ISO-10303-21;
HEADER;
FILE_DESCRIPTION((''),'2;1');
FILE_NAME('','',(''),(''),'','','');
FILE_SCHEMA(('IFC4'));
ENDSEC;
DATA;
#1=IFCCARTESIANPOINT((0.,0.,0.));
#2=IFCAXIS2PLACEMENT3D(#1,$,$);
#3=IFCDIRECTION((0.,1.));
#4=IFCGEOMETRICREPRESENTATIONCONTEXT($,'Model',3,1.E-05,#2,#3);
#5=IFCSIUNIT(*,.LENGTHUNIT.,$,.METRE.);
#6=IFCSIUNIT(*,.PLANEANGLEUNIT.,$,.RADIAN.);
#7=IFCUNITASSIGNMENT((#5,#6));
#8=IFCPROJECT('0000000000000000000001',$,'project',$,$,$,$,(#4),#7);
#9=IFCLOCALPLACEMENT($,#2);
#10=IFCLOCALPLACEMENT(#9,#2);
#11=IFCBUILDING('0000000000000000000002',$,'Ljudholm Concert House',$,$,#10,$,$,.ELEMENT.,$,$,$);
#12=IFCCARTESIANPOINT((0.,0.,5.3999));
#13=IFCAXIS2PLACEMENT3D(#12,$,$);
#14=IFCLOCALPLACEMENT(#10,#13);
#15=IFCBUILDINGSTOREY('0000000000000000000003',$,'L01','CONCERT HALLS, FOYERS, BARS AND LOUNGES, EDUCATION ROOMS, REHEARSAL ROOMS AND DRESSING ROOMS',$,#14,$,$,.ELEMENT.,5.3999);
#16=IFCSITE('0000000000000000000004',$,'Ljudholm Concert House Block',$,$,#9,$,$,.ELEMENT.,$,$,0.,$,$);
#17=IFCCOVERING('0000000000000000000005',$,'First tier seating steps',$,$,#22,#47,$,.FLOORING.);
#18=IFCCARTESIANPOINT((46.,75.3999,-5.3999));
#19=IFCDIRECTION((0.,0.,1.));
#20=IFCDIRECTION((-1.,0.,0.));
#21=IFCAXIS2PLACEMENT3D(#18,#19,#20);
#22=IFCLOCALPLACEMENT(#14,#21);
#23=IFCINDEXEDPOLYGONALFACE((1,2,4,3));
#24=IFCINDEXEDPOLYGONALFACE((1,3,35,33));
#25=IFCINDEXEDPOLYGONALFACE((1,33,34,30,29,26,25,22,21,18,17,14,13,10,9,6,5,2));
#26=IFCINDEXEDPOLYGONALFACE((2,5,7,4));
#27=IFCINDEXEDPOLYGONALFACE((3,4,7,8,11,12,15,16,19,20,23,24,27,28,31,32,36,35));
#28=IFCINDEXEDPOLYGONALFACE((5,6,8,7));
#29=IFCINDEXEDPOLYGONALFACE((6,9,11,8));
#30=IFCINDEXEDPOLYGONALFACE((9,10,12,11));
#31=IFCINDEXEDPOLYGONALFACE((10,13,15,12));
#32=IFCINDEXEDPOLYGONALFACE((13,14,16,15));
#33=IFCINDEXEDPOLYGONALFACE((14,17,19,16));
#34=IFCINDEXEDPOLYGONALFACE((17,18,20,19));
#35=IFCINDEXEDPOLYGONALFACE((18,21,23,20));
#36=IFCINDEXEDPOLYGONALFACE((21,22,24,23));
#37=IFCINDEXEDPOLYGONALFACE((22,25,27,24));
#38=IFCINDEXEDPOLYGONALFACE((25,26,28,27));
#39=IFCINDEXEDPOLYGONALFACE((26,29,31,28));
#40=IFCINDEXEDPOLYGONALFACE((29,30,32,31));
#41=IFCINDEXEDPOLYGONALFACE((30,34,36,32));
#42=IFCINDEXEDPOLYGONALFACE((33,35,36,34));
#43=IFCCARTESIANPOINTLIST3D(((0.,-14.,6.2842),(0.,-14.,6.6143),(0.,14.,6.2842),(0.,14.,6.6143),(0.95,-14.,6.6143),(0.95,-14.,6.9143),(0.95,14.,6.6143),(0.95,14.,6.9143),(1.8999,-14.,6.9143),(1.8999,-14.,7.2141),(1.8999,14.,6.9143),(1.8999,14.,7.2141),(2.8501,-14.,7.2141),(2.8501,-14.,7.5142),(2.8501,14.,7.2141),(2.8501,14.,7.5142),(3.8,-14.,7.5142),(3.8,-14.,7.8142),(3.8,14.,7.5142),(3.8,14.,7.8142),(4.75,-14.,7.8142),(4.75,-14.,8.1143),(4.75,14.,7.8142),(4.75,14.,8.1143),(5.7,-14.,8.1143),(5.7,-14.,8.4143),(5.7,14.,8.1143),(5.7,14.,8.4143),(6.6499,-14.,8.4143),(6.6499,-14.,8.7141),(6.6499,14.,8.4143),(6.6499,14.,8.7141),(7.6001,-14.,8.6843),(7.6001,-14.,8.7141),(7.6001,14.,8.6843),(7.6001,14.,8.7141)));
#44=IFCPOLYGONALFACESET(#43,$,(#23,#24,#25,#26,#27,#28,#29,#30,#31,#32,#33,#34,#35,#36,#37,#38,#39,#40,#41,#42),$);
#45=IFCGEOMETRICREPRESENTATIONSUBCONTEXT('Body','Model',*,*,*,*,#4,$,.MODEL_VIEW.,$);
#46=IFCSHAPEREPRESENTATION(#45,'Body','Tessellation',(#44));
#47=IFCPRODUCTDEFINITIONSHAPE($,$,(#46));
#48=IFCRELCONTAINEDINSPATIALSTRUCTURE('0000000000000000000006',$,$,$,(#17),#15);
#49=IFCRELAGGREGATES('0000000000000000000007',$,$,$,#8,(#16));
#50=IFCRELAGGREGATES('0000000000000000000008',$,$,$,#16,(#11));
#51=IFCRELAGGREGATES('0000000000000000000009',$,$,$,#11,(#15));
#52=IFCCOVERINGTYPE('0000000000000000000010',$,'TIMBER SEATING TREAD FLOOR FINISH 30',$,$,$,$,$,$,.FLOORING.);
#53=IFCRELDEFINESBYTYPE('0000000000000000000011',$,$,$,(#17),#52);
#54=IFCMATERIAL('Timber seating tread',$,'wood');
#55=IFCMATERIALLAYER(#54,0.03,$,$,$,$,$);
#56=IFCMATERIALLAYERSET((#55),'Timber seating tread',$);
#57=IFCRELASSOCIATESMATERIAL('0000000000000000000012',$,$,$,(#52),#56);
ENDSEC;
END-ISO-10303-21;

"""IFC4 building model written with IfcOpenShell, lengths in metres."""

from ifc_helpers import new_model, si_unit, direction, frame, origin, place, context, subcontext, project, spatial, polyline, outline, extrude, material, layer, layer_set, type_object, element, save


model = new_model("IFC4")

# Units and contexts
model_context = context("Model", 3, precision=1e-05, world=origin(), true_north=direction((0.0, 1.0)))
body_context = subcontext(model_context, "Body", "Model", "MODEL_VIEW")
ifc_project = project(units=[si_unit("LENGTHUNIT", "METRE"), si_unit("PLANEANGLEUNIT", "RADIAN")], contexts=[model_context])

# Site, building, storey
site_placement = place(None, origin())
site = spatial("IfcSite", under=ifc_project, at=site_placement, Name="Ljudholm Concert House Block", CompositionType="ELEMENT", RefElevation=0.0)
building_placement = place(site_placement, origin())
building = spatial("IfcBuilding", under=site, at=building_placement, Name="Ljudholm Concert House", CompositionType="ELEMENT")
storey_placement = place(building_placement, frame((0.0, 0.0, 5.3999)))
storey = spatial("IfcBuildingStorey", under=building, at=storey_placement, Name="L01", Description="CONCERT HALLS, FOYERS, BARS AND LOUNGES, EDUCATION ROOMS, REHEARSAL ROOMS AND DRESSING ROOMS", CompositionType="ELEMENT", Elevation=5.3999)

# Covering
ifc_material_1 = material(Name="Timber seating tread", Category="wood")
ifc_layer_1 = layer(ifc_material_1, 0.03)
ifc_layer_set_1 = layer_set([ifc_layer_1], Name="Timber seating tread")
covering_type = type_object("IfcCoveringType", Name="TIMBER SEATING TREAD FLOOR FINISH 30", PredefinedType="FLOORING", material=ifc_layer_set_1)
covering_placement = place(storey_placement, frame((46.0, 75.3999, -5.3999), z_axis=(0.0, 0.0, 1.0), x_axis=(-1.0, 0.0, 0.0)))
element("IfcCovering", 1, at=covering_placement, inside=storey, type_object=covering_type, Name="First tier seating steps", PredefinedType="FLOORING", context=body_context, shape_type="SweptSolid", body=[
    extrude(outline(polyline([(0.0, 6.2842), (7.6001, 8.6843), (7.6001, 8.7141), (6.6499, 8.7141), (6.6499, 8.4143), (5.7, 8.4143), (5.7, 8.1143), (4.75, 8.1143), (4.75, 7.8142), (3.8, 7.8142), (3.8, 7.5142), (2.8501, 7.5142), (2.8501, 7.2141), (1.8999, 7.2141), (1.8999, 6.9143), (0.95, 6.9143), (0.95, 6.6143), (0.0, 6.6143), (0.0, 6.2842)])), frame((0.0, 14.0, 0.0), z_axis=(0.0, -1.0, 0.0), x_axis=(1.0, 0.0, 0.0)), (0.0, 0.0, 1.0), 28.0),
])

save(model, "model.ifc")
